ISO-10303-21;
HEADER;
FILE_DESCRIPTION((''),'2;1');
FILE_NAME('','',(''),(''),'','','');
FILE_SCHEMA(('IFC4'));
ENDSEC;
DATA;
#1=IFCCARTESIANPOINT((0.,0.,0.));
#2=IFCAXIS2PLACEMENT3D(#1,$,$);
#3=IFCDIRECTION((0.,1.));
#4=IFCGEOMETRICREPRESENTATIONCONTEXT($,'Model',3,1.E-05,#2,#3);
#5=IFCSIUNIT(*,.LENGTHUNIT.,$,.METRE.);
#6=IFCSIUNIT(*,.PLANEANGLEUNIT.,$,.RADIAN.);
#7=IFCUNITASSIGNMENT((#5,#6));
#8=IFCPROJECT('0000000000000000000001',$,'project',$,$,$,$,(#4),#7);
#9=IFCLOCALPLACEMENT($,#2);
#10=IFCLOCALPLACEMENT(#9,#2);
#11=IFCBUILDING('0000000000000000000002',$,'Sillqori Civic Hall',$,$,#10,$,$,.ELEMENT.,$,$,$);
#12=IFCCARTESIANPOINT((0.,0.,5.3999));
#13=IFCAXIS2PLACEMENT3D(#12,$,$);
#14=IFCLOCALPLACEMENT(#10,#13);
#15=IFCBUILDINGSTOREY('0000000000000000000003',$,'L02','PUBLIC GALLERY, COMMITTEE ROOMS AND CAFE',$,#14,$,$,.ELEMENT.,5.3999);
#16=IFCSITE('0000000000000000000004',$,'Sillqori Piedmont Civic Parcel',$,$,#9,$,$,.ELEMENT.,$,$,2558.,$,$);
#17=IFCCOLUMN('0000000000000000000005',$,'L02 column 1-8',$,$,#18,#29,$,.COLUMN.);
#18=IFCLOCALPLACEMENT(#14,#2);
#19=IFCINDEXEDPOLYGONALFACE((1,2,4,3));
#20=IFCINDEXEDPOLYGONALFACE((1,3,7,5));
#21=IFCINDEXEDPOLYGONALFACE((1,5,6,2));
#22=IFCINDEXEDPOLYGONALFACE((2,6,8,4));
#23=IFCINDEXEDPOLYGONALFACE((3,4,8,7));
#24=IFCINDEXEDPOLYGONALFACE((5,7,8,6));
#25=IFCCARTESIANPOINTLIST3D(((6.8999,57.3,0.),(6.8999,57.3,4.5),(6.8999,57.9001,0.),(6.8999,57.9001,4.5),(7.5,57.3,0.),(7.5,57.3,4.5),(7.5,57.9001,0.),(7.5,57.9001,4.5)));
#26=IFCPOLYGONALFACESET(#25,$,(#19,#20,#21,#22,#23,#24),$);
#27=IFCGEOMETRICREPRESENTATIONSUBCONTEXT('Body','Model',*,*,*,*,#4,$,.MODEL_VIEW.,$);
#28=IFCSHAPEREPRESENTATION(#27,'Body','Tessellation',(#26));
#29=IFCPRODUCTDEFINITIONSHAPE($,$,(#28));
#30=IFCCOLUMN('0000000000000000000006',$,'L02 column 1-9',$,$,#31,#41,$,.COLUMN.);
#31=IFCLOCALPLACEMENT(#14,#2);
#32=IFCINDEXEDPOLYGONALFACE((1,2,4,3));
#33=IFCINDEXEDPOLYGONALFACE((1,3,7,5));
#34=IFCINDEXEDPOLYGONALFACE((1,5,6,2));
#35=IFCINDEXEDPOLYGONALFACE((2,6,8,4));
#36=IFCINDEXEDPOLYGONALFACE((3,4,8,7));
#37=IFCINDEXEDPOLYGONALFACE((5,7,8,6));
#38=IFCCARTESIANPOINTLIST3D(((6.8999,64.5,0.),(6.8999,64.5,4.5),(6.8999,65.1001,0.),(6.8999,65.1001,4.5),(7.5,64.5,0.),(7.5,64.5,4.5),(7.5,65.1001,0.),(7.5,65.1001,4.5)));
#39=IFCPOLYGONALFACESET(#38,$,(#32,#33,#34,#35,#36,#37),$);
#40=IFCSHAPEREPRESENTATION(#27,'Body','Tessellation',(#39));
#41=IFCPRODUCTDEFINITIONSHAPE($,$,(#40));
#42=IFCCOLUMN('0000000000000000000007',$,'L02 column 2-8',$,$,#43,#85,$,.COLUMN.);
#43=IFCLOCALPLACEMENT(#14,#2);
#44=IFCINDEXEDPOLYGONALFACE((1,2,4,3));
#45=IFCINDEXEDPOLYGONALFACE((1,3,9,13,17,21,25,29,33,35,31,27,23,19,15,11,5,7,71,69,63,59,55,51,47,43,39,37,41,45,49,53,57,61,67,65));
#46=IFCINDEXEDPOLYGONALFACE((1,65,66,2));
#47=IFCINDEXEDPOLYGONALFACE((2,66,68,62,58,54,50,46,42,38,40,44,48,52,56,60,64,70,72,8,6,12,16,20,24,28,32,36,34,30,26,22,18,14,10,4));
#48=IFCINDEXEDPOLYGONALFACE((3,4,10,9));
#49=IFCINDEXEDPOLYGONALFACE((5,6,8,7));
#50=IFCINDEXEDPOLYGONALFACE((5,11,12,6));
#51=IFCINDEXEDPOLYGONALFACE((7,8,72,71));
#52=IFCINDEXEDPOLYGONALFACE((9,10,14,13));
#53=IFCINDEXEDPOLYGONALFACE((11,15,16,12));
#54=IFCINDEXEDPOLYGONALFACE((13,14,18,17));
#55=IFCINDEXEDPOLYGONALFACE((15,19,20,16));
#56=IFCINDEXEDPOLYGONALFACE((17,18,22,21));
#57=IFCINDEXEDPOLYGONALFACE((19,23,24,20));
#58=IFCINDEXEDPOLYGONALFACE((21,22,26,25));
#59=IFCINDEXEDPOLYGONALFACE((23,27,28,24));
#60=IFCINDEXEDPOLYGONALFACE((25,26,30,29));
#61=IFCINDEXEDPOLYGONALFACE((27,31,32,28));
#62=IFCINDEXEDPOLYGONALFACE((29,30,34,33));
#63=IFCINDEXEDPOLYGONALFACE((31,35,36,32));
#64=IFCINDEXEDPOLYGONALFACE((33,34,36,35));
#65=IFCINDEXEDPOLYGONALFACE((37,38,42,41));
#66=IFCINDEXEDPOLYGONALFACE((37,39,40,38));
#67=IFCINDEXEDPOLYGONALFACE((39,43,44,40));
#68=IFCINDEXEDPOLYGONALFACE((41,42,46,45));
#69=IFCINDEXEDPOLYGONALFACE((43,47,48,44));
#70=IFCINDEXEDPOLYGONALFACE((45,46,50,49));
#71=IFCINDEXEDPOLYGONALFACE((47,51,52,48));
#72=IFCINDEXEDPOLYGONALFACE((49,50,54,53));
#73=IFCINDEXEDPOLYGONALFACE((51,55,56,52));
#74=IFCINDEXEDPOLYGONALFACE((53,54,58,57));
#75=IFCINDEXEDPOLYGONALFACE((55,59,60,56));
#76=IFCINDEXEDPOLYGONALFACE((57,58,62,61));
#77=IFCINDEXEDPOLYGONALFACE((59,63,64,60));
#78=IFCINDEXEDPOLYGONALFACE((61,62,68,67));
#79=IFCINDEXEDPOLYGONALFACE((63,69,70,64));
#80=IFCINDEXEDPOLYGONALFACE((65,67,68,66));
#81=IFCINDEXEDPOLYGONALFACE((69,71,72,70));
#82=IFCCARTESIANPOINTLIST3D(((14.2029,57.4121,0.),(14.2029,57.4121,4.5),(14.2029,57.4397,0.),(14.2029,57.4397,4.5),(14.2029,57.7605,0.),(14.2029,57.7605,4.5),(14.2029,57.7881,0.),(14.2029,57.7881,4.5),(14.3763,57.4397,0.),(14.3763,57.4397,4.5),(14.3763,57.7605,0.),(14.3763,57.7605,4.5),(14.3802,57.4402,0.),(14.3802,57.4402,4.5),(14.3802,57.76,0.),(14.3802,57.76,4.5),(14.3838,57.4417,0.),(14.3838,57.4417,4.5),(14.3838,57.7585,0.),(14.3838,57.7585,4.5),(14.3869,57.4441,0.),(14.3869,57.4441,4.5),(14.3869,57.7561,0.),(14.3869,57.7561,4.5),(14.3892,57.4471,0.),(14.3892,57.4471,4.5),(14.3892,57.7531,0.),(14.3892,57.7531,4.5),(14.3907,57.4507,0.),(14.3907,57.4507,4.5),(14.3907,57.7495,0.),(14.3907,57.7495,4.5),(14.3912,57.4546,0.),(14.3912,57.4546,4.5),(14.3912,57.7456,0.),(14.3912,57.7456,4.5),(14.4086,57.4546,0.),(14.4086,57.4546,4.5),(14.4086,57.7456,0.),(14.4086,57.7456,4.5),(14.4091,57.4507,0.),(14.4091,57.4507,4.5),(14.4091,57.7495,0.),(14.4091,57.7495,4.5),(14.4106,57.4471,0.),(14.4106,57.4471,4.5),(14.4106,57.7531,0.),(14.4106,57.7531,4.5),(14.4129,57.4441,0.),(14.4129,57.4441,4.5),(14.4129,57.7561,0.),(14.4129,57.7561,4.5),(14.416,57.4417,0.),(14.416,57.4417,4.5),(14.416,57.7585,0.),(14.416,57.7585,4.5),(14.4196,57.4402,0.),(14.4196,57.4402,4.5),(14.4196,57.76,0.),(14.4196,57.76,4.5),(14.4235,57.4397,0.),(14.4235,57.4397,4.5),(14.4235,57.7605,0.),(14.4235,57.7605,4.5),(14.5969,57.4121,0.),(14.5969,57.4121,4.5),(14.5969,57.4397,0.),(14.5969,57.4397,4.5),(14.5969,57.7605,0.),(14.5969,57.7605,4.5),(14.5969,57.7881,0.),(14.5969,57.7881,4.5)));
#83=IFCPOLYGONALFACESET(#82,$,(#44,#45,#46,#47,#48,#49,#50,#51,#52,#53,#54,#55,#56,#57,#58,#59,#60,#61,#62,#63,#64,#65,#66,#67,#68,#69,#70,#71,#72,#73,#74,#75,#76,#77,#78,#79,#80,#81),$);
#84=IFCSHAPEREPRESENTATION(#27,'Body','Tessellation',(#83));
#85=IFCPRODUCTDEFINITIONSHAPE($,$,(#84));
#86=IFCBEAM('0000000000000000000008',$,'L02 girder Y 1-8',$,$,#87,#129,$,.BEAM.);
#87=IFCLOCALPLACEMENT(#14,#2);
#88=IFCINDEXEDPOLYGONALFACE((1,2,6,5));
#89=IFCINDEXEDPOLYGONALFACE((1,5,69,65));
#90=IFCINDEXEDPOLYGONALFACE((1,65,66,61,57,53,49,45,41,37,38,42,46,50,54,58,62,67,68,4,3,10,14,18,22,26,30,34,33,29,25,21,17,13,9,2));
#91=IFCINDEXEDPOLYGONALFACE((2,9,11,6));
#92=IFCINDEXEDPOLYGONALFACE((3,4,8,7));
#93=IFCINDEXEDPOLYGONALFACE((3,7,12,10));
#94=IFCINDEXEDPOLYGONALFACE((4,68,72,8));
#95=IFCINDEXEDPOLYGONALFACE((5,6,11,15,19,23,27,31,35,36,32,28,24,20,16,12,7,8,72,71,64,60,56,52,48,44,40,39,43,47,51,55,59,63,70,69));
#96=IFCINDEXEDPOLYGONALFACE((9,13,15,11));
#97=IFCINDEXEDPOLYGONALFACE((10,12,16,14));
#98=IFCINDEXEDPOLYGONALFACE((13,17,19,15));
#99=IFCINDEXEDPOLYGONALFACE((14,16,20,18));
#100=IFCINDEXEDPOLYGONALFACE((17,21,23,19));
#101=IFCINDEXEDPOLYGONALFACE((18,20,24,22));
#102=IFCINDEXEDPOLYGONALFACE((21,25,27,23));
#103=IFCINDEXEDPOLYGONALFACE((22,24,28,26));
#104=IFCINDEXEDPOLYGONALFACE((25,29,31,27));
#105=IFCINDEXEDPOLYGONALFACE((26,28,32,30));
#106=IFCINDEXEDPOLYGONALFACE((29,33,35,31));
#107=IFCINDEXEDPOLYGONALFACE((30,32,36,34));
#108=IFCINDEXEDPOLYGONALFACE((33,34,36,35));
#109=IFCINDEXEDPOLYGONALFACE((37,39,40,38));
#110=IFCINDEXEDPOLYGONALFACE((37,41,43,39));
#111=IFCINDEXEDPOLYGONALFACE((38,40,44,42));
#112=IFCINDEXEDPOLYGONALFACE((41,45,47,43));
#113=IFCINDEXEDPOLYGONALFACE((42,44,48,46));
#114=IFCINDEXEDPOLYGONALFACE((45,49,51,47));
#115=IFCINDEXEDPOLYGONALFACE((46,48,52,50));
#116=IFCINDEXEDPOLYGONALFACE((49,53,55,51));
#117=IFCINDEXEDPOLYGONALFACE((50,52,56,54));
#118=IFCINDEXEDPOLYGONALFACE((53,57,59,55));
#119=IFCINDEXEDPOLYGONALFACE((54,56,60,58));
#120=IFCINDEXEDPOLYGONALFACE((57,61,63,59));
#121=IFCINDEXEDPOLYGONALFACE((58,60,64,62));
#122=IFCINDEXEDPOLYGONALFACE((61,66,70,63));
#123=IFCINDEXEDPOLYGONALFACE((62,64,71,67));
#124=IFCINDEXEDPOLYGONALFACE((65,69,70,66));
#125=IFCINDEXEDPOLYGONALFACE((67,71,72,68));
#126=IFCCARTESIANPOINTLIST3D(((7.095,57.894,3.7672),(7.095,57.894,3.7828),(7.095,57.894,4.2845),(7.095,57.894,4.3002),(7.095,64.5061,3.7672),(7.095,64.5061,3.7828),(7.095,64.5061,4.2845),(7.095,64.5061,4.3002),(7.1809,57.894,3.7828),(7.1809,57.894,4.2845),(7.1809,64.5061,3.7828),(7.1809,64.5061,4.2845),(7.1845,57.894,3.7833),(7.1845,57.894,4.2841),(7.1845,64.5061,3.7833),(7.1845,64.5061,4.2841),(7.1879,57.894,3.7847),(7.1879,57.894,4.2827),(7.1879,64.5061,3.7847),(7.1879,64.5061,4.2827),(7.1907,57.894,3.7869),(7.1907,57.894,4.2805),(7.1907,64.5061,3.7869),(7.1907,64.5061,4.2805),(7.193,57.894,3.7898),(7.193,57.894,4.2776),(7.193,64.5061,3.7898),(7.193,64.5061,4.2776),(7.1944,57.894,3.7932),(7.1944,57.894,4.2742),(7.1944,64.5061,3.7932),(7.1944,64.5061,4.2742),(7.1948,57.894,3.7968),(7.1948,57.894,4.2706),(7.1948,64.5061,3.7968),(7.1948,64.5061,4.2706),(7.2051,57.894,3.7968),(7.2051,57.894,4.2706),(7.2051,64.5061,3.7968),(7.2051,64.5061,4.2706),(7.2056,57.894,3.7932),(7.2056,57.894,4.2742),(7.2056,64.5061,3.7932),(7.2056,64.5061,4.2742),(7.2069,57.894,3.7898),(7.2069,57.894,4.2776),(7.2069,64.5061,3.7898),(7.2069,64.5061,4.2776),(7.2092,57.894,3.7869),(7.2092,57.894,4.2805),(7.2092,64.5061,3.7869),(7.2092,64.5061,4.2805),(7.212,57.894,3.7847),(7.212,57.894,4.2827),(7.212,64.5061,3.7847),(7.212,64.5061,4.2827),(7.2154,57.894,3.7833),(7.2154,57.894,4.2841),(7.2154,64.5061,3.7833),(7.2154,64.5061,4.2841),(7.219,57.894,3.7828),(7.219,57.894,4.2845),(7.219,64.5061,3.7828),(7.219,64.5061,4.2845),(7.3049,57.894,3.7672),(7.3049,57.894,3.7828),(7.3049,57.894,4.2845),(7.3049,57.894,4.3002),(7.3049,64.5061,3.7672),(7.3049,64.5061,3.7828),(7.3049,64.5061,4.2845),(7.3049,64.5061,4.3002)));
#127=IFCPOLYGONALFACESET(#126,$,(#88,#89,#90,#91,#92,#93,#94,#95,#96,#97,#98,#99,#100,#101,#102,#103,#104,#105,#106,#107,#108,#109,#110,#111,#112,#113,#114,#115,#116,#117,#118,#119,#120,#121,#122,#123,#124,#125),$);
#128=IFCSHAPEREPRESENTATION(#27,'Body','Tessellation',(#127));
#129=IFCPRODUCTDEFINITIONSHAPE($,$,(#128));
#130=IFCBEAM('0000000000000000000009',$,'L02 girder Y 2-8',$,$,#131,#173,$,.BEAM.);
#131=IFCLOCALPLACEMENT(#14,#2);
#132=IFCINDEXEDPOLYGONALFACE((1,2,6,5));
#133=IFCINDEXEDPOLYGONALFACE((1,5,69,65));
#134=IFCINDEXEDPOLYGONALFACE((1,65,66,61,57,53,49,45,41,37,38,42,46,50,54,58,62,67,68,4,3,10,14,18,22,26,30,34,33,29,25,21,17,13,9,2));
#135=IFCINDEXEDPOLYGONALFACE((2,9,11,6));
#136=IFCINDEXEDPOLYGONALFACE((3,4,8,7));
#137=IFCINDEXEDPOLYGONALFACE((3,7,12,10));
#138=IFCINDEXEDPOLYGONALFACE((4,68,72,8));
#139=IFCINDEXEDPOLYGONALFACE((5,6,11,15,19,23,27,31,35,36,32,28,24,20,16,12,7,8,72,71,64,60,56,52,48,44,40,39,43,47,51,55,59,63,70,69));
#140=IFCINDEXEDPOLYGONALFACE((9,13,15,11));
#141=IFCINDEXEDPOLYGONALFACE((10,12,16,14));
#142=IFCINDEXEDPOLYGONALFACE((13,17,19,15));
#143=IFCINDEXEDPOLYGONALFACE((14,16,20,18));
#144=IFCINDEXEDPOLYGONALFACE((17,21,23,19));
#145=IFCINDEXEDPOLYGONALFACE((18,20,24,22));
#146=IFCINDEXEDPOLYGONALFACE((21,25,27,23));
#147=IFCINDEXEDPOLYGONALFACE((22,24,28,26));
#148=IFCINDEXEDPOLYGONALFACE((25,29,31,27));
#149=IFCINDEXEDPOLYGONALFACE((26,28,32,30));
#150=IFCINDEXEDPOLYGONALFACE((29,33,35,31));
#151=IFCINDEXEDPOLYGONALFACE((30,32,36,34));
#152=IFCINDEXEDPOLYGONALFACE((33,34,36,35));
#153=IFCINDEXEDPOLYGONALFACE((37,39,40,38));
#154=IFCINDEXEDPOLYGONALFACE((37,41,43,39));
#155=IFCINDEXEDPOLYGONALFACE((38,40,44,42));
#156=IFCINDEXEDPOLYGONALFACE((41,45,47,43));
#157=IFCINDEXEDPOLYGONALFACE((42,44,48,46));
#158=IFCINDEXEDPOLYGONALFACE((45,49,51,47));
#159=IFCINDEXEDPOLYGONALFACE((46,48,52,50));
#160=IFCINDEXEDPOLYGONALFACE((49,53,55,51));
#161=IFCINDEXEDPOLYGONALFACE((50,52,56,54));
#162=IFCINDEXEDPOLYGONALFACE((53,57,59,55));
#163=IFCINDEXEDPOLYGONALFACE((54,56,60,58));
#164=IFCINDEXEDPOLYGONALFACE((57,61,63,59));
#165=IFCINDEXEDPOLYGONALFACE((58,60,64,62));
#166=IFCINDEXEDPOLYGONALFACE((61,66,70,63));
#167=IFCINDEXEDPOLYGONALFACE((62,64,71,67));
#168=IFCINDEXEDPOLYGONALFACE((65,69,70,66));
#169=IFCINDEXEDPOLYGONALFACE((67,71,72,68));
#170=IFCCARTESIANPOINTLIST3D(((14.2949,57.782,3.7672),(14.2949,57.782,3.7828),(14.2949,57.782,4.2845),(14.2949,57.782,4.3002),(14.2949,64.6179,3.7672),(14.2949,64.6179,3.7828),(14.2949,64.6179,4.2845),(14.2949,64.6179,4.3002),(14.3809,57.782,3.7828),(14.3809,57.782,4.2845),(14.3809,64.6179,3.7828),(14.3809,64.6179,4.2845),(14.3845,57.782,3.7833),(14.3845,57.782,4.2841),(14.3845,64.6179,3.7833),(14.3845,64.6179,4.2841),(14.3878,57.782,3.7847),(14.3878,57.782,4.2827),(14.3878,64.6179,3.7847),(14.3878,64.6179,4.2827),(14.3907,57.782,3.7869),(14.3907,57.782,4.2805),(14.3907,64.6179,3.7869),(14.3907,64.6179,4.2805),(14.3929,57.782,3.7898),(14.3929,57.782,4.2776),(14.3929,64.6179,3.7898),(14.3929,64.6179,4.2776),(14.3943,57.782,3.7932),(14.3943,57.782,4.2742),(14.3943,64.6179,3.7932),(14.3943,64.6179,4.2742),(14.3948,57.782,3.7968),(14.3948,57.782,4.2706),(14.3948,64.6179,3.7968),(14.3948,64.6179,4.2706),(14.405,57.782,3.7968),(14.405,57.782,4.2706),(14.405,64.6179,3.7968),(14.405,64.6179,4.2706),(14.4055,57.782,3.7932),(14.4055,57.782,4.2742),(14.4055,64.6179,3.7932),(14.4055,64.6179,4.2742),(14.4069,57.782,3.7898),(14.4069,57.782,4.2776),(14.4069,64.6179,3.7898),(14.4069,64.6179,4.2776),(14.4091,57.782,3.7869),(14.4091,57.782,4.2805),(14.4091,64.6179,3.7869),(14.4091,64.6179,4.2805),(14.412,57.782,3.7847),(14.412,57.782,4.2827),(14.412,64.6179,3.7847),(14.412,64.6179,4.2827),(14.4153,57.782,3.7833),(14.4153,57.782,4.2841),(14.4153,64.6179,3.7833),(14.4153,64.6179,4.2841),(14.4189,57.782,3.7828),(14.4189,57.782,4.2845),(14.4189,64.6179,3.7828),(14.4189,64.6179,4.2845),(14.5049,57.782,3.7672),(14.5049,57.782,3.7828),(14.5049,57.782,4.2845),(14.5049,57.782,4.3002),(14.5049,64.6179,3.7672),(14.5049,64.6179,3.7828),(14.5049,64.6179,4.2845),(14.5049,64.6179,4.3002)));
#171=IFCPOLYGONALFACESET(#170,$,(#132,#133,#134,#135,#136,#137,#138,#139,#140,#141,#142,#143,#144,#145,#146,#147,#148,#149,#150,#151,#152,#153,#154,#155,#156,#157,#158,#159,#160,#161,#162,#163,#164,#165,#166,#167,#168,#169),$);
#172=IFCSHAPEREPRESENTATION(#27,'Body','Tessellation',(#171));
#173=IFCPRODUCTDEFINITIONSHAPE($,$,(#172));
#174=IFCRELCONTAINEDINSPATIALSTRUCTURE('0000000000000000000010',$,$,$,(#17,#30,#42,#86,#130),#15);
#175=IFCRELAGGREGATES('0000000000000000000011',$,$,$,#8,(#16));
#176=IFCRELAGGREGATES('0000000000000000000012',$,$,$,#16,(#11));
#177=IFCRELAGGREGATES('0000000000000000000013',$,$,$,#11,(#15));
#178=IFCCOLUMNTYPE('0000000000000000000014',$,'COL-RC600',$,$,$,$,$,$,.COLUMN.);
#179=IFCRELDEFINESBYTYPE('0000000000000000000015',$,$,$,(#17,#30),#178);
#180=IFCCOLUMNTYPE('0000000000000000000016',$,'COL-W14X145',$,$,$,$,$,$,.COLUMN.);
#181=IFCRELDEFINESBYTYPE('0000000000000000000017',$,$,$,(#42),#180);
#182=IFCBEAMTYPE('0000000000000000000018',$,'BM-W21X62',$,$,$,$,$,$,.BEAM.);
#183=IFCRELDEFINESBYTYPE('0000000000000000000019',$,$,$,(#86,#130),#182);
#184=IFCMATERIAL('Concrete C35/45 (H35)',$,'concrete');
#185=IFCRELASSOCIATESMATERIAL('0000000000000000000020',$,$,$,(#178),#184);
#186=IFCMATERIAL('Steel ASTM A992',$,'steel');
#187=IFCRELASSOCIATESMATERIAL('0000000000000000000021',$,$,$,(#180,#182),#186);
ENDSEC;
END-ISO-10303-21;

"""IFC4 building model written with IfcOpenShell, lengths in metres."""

from ifc_helpers import new_model, si_unit, direction, frame, origin, origin_2d, place, context, subcontext, project, spatial, rectangle, i_section, extrude, material, material_profile, profile_set, type_object, element, save


model = new_model("IFC4")

# Units and contexts
model_context = context("Model", 3, precision=1e-05, world=origin(), true_north=direction((0.0, 1.0)))
body_context = subcontext(model_context, "Body", "Model", "MODEL_VIEW")
ifc_project = project(units=[si_unit("LENGTHUNIT", "METRE"), si_unit("PLANEANGLEUNIT", "RADIAN")], contexts=[model_context])

# Site, building, storey
site_placement = place(None, origin())
site = spatial("IfcSite", under=ifc_project, at=site_placement, Name="Sillqori Piedmont Civic Parcel", CompositionType="ELEMENT", RefElevation=2558.0)
building_placement = place(site_placement, origin())
building = spatial("IfcBuilding", under=site, at=building_placement, Name="Sillqori Civic Hall", CompositionType="ELEMENT")
storey_placement = place(building_placement, frame((0.0, 0.0, 5.3999)))
storey = spatial("IfcBuildingStorey", under=building, at=storey_placement, Name="L02", Description="PUBLIC GALLERY, COMMITTEE ROOMS AND CAFE", CompositionType="ELEMENT", Elevation=5.3999)

# Columns
ifc_material_1 = material(Name="Concrete C35/45 (H35)", Category="concrete")
ifc_material_profile_1 = material_profile(ifc_material_1, rectangle(XDim=0.6001, YDim=0.6001, at=origin_2d()), Name="RC 600x600")
ifc_profile_set_1 = profile_set([ifc_material_profile_1], Name="Concrete C35/45 (H35)")
column_type_1 = type_object("IfcColumnType", Name="COL-RC600", PredefinedType="COLUMN", material=ifc_profile_set_1)
for number, where, z_axis, x_axis, name in (
    (1, (7.2, 57.6001, 0.0), (0.0, 0.0, 1.0), (1.0, 0.0, 0.0), "L02 column 1-8"),
    (2, (7.2, 64.8, 0.0), (0.0, 0.0, 1.0), (1.0, 0.0, 0.0), "L02 column 1-9"),
):
    element("IfcColumn", number, at=place(storey_placement, frame(where, z_axis=z_axis, x_axis=x_axis)), inside=storey, type_object=column_type_1, Name=name, PredefinedType="COLUMN", context=body_context, shape_type="SweptSolid", body=[
        extrude(rectangle(XDim=0.6001, YDim=0.6001, at=origin_2d()), origin(), (0.0, 0.0, 1.0), 4.5),
    ])
ifc_material_2 = material(Name="Steel ASTM A992", Category="steel")
ifc_material_profile_2 = material_profile(ifc_material_2, i_section(OverallWidth=0.394, OverallDepth=0.376, WebThickness=0.0173, FlangeThickness=0.0276, FilletRadius=0.0149, at=origin_2d()), Name="W14X145")
ifc_profile_set_2 = profile_set([ifc_material_profile_2], Name="Steel ASTM A992")
column_type_2 = type_object("IfcColumnType", Name="COL-W14X145", PredefinedType="COLUMN", material=ifc_profile_set_2)
column_placement = place(storey_placement, frame((14.3999, 57.6001, 0.0), z_axis=(0.0, 0.0, 1.0), x_axis=(1.0, 0.0, 0.0)))
element("IfcColumn", 3, at=column_placement, inside=storey, type_object=column_type_2, Name="L02 column 2-8", PredefinedType="COLUMN", context=body_context, shape_type="SweptSolid", body=[
    extrude(i_section(OverallWidth=0.394, OverallDepth=0.376, WebThickness=0.0173, FlangeThickness=0.0276, FilletRadius=0.0149, at=origin_2d()), origin(), (0.0, 0.0, 1.0), 4.5),
])

# Beams
ifc_material_profile_3 = material_profile(ifc_material_2, i_section(OverallWidth=0.21, OverallDepth=0.533, WebThickness=0.0103, FlangeThickness=0.0156, FilletRadius=0.0139, at=origin_2d()), Name="W21X62")
ifc_profile_set_3 = profile_set([ifc_material_profile_3], Name="Steel ASTM A992")
beam_type_1 = type_object("IfcBeamType", Name="BM-W21X62", PredefinedType="BEAM", material=ifc_profile_set_3)
beam_1_placement = place(storey_placement, frame((7.2, 57.894, 4.0337), z_axis=(0.0, 1.0, 0.0), x_axis=(-1.0, 0.0, 0.0)))
element("IfcBeam", 4, at=beam_1_placement, inside=storey, type_object=beam_type_1, Name="L02 girder Y 1-8", PredefinedType="BEAM", context=body_context, shape_type="SweptSolid", body=[
    extrude(i_section(OverallWidth=0.21, OverallDepth=0.533, WebThickness=0.0103, FlangeThickness=0.0156, FilletRadius=0.0139, at=origin_2d()), origin(), (0.0, 0.0, 1.0), 6.6121),
])
beam_2_placement = place(storey_placement, frame((14.3999, 57.782, 4.0337), z_axis=(0.0, 1.0, 0.0), x_axis=(-1.0, 0.0, 0.0)))
element("IfcBeam", 5, at=beam_2_placement, inside=storey, type_object=beam_type_1, Name="L02 girder Y 2-8", PredefinedType="BEAM", context=body_context, shape_type="SweptSolid", body=[
    extrude(i_section(OverallWidth=0.21, OverallDepth=0.533, WebThickness=0.0103, FlangeThickness=0.0156, FilletRadius=0.0139, at=origin_2d()), origin(), (0.0, 0.0, 1.0), 6.8359),
])

save(model, "model.ifc")
